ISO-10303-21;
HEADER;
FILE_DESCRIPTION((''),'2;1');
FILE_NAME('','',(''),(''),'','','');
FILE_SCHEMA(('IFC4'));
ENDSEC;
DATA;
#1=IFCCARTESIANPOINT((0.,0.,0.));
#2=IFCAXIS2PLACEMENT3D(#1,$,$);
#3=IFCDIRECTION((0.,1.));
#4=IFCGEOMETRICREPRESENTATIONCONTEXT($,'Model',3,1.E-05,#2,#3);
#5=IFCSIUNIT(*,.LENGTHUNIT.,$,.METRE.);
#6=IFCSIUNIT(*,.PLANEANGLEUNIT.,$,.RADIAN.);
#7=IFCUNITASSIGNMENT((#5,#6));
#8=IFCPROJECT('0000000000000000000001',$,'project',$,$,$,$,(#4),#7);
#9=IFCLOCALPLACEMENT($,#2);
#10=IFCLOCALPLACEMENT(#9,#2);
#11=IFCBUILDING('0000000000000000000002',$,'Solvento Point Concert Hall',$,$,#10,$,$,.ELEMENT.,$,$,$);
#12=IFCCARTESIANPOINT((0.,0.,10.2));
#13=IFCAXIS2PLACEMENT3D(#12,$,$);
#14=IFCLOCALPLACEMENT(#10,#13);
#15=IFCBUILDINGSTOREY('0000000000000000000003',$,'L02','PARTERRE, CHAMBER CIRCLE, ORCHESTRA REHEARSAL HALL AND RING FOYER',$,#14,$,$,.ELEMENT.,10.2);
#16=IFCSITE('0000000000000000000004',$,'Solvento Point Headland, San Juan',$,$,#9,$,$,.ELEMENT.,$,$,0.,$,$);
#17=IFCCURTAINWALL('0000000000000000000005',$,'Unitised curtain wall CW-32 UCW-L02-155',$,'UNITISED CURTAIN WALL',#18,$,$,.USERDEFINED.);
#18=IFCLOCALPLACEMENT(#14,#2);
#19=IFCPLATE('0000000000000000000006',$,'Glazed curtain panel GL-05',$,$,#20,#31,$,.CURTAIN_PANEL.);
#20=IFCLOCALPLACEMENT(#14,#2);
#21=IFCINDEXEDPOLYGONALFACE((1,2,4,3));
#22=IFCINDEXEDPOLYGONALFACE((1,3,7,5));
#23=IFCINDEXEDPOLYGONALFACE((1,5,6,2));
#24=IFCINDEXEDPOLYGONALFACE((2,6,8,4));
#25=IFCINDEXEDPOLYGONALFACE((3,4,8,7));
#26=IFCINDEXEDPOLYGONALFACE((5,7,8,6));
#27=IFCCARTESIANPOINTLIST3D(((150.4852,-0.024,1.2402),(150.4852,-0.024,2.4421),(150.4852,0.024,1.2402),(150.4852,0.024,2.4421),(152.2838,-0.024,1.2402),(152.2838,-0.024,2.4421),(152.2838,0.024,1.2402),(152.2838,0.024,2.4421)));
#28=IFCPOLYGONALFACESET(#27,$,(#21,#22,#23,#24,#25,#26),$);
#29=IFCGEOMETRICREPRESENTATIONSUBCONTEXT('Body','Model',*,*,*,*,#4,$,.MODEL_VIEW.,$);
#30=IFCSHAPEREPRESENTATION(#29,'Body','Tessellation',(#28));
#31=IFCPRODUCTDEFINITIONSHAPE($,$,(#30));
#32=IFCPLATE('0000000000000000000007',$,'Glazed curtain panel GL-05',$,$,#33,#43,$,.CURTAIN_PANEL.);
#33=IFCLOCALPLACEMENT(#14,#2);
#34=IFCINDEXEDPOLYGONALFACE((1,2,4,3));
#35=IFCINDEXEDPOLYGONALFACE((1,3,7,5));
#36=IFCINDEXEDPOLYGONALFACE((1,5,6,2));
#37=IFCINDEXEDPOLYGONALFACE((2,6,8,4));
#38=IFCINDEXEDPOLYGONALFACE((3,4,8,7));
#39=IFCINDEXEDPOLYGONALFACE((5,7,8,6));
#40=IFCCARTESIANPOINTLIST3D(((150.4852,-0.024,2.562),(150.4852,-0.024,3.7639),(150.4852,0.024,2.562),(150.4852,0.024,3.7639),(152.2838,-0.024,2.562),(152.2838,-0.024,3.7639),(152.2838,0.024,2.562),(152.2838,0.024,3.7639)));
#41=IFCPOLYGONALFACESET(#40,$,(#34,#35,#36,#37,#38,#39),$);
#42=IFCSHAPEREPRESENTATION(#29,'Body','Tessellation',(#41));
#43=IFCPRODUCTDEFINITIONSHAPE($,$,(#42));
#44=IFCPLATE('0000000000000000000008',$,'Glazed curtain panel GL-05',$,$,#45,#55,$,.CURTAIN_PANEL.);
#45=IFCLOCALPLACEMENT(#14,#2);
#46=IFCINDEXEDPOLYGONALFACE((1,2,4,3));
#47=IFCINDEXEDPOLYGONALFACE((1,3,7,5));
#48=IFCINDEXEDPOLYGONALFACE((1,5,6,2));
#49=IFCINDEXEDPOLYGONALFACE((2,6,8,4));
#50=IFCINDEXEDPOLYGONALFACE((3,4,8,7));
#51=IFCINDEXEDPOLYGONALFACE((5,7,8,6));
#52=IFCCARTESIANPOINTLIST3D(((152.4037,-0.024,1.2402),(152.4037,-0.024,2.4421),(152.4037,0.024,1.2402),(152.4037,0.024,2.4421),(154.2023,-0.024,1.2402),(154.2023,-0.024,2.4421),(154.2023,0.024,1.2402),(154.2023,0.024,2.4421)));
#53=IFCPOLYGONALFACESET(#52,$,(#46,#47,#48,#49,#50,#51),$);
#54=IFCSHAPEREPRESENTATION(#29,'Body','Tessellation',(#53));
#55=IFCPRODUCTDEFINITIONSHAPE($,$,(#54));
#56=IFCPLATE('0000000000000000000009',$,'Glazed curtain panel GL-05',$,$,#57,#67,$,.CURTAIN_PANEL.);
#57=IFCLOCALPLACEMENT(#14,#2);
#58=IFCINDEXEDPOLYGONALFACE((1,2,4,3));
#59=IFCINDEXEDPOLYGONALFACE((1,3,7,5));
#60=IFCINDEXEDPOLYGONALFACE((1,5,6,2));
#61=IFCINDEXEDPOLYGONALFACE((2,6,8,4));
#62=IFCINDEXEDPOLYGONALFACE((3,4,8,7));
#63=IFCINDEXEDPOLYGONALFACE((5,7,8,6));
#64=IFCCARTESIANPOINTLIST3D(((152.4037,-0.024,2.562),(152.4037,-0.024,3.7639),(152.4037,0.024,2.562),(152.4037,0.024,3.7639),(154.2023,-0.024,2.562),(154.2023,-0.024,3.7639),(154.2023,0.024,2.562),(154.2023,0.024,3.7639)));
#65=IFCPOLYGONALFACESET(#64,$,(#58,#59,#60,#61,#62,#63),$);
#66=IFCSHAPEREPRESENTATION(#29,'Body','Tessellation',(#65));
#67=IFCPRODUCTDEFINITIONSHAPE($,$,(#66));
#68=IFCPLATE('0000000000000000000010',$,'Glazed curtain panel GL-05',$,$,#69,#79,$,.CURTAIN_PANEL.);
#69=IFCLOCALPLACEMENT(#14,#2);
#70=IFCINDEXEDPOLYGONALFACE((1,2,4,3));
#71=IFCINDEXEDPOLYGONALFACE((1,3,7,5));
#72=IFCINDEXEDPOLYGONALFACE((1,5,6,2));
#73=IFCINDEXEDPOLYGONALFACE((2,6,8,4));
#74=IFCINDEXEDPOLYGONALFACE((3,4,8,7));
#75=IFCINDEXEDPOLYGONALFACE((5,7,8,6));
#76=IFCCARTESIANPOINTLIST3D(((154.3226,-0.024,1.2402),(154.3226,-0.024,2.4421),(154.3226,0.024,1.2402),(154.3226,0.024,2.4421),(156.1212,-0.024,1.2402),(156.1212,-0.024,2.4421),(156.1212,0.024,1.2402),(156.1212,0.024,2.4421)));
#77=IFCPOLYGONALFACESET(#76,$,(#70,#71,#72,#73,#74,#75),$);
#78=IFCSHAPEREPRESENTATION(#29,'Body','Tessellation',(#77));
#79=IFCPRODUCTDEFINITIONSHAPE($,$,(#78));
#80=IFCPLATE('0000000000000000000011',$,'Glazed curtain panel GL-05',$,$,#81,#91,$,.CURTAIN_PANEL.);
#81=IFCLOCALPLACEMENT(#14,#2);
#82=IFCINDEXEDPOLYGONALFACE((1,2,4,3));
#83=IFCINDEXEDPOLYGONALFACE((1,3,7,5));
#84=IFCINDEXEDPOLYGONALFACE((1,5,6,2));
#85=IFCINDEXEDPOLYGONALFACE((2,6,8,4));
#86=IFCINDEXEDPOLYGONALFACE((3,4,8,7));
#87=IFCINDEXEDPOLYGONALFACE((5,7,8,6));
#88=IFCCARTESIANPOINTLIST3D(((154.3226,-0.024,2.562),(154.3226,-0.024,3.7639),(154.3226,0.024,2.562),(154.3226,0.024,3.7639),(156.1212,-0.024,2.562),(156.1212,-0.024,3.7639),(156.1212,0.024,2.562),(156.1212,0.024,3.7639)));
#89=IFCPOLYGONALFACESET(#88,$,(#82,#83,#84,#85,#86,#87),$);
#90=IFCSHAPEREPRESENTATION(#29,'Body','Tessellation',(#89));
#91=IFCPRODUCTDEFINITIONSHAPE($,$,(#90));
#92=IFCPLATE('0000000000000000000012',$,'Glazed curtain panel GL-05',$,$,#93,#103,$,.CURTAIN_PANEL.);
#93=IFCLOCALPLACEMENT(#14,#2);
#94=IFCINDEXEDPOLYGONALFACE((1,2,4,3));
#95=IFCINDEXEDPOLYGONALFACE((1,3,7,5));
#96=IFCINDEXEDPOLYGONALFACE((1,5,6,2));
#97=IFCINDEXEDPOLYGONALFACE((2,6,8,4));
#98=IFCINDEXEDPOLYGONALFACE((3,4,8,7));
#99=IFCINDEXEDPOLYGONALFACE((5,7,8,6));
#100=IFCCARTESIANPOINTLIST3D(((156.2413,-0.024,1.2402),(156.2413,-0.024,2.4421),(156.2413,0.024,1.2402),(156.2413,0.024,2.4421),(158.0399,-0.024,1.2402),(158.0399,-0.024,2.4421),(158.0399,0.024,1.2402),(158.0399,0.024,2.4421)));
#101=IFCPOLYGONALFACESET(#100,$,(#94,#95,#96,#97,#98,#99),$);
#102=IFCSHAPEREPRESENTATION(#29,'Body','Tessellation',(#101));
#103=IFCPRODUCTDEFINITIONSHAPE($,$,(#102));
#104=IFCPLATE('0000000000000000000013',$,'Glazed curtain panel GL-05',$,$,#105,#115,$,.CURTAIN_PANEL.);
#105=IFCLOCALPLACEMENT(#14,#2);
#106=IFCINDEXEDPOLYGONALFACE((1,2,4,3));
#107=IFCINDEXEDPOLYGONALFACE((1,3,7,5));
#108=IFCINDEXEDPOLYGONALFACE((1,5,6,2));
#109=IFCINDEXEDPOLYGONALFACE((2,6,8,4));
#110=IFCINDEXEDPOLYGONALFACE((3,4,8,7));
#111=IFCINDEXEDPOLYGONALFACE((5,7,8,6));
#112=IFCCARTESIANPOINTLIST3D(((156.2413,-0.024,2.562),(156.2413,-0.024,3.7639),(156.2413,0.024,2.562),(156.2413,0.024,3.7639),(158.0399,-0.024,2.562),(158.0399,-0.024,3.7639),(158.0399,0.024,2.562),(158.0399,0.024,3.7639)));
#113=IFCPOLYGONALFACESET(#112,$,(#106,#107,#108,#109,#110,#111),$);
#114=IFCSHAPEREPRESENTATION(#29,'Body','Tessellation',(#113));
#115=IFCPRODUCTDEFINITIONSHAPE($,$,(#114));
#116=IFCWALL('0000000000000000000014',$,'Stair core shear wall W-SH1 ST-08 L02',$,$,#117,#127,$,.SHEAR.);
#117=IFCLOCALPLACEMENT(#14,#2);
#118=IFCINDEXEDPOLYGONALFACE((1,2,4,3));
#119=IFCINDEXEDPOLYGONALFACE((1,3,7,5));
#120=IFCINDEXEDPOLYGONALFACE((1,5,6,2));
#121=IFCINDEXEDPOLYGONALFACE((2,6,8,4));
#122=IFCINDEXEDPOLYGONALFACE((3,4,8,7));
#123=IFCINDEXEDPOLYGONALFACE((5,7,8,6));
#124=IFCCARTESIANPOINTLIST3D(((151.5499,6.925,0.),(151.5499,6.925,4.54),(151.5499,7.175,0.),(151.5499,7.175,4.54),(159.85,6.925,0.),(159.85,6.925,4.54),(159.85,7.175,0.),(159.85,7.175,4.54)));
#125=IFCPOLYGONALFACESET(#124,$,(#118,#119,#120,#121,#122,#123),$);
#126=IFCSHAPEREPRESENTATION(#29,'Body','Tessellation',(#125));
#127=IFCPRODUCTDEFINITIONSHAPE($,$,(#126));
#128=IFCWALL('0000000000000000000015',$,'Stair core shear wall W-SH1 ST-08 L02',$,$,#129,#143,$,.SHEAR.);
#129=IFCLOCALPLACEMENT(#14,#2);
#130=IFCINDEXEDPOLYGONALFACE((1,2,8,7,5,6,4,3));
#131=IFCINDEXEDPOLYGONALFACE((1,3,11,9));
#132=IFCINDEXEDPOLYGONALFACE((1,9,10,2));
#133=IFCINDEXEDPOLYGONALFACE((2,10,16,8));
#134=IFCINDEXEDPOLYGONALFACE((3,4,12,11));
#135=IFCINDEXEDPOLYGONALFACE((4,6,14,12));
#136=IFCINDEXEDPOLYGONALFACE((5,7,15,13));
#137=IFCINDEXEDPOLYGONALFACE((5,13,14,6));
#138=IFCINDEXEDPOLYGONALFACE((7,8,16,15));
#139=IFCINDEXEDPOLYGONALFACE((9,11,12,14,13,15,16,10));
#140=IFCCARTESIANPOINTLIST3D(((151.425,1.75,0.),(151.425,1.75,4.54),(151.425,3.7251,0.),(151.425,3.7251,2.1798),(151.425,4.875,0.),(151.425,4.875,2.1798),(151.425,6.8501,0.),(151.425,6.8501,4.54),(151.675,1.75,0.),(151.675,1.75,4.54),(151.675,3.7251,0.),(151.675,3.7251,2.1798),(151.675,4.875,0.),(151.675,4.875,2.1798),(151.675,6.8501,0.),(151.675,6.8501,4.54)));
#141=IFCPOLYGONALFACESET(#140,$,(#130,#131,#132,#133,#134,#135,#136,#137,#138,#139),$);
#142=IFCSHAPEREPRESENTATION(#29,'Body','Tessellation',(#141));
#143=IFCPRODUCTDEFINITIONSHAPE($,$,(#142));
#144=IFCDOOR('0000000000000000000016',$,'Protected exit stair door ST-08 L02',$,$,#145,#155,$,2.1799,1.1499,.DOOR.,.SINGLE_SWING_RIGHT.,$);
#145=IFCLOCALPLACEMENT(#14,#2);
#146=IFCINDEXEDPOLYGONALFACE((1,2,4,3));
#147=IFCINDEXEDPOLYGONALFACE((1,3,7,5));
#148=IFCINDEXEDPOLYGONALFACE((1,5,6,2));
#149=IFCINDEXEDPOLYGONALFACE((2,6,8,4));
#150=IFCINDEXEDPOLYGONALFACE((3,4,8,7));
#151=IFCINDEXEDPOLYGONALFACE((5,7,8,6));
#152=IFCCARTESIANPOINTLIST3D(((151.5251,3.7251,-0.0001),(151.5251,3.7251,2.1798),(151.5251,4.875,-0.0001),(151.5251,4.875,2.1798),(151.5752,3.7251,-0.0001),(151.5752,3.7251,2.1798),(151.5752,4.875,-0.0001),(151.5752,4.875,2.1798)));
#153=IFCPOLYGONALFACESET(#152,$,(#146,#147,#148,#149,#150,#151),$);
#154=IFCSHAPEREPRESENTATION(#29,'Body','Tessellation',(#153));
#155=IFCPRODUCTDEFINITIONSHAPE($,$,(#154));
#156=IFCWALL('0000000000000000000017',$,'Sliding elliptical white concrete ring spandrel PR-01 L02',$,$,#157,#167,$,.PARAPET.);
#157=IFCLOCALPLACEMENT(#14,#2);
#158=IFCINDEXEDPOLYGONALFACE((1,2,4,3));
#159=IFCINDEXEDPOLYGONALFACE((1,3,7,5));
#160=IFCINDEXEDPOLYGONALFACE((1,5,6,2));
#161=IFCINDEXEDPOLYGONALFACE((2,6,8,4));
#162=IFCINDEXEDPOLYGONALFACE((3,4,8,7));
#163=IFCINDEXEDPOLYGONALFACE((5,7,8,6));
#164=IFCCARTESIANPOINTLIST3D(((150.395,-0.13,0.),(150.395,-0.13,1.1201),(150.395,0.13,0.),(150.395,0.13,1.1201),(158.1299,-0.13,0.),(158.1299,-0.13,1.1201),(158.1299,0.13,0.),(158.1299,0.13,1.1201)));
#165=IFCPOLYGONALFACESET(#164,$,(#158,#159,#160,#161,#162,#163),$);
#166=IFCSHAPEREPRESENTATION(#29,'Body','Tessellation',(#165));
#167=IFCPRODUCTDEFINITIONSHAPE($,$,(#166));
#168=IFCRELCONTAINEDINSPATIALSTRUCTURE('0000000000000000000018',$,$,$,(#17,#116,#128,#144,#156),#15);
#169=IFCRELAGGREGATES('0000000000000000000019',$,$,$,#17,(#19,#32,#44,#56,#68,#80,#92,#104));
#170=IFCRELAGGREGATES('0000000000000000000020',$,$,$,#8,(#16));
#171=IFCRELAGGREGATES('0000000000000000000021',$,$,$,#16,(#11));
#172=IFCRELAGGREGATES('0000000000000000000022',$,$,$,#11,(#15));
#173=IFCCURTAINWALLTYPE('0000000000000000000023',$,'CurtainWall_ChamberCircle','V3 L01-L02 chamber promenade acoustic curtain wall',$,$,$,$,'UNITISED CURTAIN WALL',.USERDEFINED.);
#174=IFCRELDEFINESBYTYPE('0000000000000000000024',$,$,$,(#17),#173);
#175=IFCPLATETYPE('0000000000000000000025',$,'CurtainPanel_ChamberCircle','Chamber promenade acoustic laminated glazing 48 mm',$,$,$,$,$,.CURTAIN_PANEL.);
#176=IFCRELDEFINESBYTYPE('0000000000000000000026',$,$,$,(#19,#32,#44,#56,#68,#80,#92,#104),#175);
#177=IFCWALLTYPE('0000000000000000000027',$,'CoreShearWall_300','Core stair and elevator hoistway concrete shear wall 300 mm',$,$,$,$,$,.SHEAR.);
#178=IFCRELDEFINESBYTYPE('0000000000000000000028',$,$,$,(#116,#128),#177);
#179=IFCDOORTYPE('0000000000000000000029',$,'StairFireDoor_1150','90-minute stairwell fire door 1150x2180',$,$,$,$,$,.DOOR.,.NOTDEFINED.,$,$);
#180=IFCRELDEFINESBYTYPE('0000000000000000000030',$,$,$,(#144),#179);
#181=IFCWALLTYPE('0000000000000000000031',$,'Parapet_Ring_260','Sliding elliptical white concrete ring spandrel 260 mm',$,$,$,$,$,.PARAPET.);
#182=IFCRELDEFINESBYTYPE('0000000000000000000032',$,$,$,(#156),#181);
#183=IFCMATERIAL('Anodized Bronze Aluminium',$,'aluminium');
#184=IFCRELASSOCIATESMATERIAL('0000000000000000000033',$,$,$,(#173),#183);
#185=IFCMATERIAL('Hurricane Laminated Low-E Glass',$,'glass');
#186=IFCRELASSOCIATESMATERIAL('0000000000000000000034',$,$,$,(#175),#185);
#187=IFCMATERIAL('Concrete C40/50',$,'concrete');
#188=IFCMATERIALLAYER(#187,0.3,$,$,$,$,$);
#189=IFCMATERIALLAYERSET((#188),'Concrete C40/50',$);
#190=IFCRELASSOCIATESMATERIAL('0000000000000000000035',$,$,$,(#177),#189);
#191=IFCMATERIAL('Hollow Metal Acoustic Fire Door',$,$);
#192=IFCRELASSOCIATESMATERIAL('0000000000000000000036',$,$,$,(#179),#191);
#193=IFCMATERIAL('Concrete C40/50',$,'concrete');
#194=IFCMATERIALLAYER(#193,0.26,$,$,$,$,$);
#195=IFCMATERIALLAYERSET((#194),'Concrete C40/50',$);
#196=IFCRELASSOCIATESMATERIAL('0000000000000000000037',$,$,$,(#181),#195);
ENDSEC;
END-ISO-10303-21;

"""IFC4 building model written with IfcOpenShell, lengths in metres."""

from ifc_helpers import new_model, si_unit, direction, frame, frame_2d, origin, origin_2d, place, context, subcontext, project, spatial, rectangle, extrude, material, layer, layer_set, type_object, element, fill, aggregate, save


model = new_model("IFC4")

# Units and contexts
model_context = context("Model", 3, precision=1e-05, world=origin(), true_north=direction((0.0, 1.0)))
body_context = subcontext(model_context, "Body", "Model", "MODEL_VIEW")
ifc_project = project(units=[si_unit("LENGTHUNIT", "METRE"), si_unit("PLANEANGLEUNIT", "RADIAN")], contexts=[model_context])

# Site, building, storey
site_placement = place(None, origin())
site = spatial("IfcSite", under=ifc_project, at=site_placement, Name="Solvento Point Headland, San Juan", CompositionType="ELEMENT", RefElevation=0.0)
building_placement = place(site_placement, origin())
building = spatial("IfcBuilding", under=site, at=building_placement, Name="Solvento Point Concert Hall", CompositionType="ELEMENT")
storey_placement = place(building_placement, frame((0.0, 0.0, 10.2)))
storey = spatial("IfcBuildingStorey", under=building, at=storey_placement, Name="L02", Description="PARTERRE, CHAMBER CIRCLE, ORCHESTRA REHEARSAL HALL AND RING FOYER", CompositionType="ELEMENT", Elevation=10.2)

# Curtain wall, plates
ifc_material_1 = material(Name="Anodized Bronze Aluminium", Category="aluminium")
curtain_wall_type = type_object("IfcCurtainWallType", Name="CurtainWall_ChamberCircle", Description="V3 L01-L02 chamber promenade acoustic curtain wall", ElementType="UNITISED CURTAIN WALL", PredefinedType="USERDEFINED", material=ifc_material_1)
curtain_wall_placement = place(storey_placement, origin())
curtain_wall = element("IfcCurtainWall", 1, at=curtain_wall_placement, inside=storey, type_object=curtain_wall_type, Name="Unitised curtain wall CW-32 UCW-L02-155", ObjectType="UNITISED CURTAIN WALL", PredefinedType="USERDEFINED")
ifc_material_2 = material(Name="Hurricane Laminated Low-E Glass", Category="glass")
plate_type = type_object("IfcPlateType", Name="CurtainPanel_ChamberCircle", Description="Chamber promenade acoustic laminated glazing 48 mm", PredefinedType="CURTAIN_PANEL", material=ifc_material_2)
plate_1_placement = place(storey_placement, frame((151.3845, 0.0, 1.2402), z_axis=(0.0, 0.0, 1.0), x_axis=(1.0, 0.0, 0.0)))
plate_1 = element("IfcPlate", 2, at=plate_1_placement, type_object=plate_type, Name="Glazed curtain panel GL-05", PredefinedType="CURTAIN_PANEL", context=body_context, shape_type="SweptSolid", body=[
    extrude(rectangle(XDim=1.7986, YDim=0.0481, at=origin_2d()), origin(), (0.0, 0.0, 1.0), 1.2019),
])
plate_2_placement = place(storey_placement, frame((151.3845, 0.0, 2.562), z_axis=(0.0, 0.0, 1.0), x_axis=(1.0, 0.0, 0.0)))
plate_2 = element("IfcPlate", 3, at=plate_2_placement, type_object=plate_type, Name="Glazed curtain panel GL-05", PredefinedType="CURTAIN_PANEL", context=body_context, shape_type="SweptSolid", body=[
    extrude(rectangle(XDim=1.7986, YDim=0.0481, at=origin_2d()), origin(), (0.0, 0.0, 1.0), 1.2019),
])
plate_3_placement = place(storey_placement, frame((153.303, 0.0, 1.2402), z_axis=(0.0, 0.0, 1.0), x_axis=(1.0, 0.0, 0.0)))
plate_3 = element("IfcPlate", 4, at=plate_3_placement, type_object=plate_type, Name="Glazed curtain panel GL-05", PredefinedType="CURTAIN_PANEL", context=body_context, shape_type="SweptSolid", body=[
    extrude(rectangle(XDim=1.7986, YDim=0.0481, at=origin_2d()), origin(), (0.0, 0.0, 1.0), 1.2019),
])
plate_4_placement = place(storey_placement, frame((153.303, 0.0, 2.562), z_axis=(0.0, 0.0, 1.0), x_axis=(1.0, 0.0, 0.0)))
plate_4 = element("IfcPlate", 5, at=plate_4_placement, type_object=plate_type, Name="Glazed curtain panel GL-05", PredefinedType="CURTAIN_PANEL", context=body_context, shape_type="SweptSolid", body=[
    extrude(rectangle(XDim=1.7986, YDim=0.0481, at=origin_2d()), origin(), (0.0, 0.0, 1.0), 1.2019),
])
plate_5_placement = place(storey_placement, frame((155.2219, 0.0, 1.2402), z_axis=(0.0, 0.0, 1.0), x_axis=(1.0, 0.0, 0.0)))
plate_5 = element("IfcPlate", 6, at=plate_5_placement, type_object=plate_type, Name="Glazed curtain panel GL-05", PredefinedType="CURTAIN_PANEL", context=body_context, shape_type="SweptSolid", body=[
    extrude(rectangle(XDim=1.7986, YDim=0.0481, at=origin_2d()), origin(), (0.0, 0.0, 1.0), 1.2019),
])
plate_6_placement = place(storey_placement, frame((155.2219, 0.0, 2.562), z_axis=(0.0, 0.0, 1.0), x_axis=(1.0, 0.0, 0.0)))
plate_6 = element("IfcPlate", 7, at=plate_6_placement, type_object=plate_type, Name="Glazed curtain panel GL-05", PredefinedType="CURTAIN_PANEL", context=body_context, shape_type="SweptSolid", body=[
    extrude(rectangle(XDim=1.7986, YDim=0.0481, at=origin_2d()), origin(), (0.0, 0.0, 1.0), 1.2019),
])
plate_7_placement = place(storey_placement, frame((157.1406, 0.0, 1.2402), z_axis=(0.0, 0.0, 1.0), x_axis=(1.0, 0.0, 0.0)))
plate_7 = element("IfcPlate", 8, at=plate_7_placement, type_object=plate_type, Name="Glazed curtain panel GL-05", PredefinedType="CURTAIN_PANEL", context=body_context, shape_type="SweptSolid", body=[
    extrude(rectangle(XDim=1.7986, YDim=0.0481, at=origin_2d()), origin(), (0.0, 0.0, 1.0), 1.2019),
])
plate_8_placement = place(storey_placement, frame((157.1406, 0.0, 2.562), z_axis=(0.0, 0.0, 1.0), x_axis=(1.0, 0.0, 0.0)))
plate_8 = element("IfcPlate", 9, at=plate_8_placement, type_object=plate_type, Name="Glazed curtain panel GL-05", PredefinedType="CURTAIN_PANEL", context=body_context, shape_type="SweptSolid", body=[
    extrude(rectangle(XDim=1.7986, YDim=0.0481, at=origin_2d()), origin(), (0.0, 0.0, 1.0), 1.2019),
])
aggregate(curtain_wall, [plate_1, plate_2, plate_3, plate_4, plate_5, plate_6, plate_7, plate_8])

# Wall
ifc_material_3 = material(Name="Concrete C40/50", Category="concrete")
ifc_layer_1 = layer(ifc_material_3, 0.3)
ifc_layer_set_1 = layer_set([ifc_layer_1], Name="Concrete C40/50")
wall_type_1 = type_object("IfcWallType", Name="CoreShearWall_300", Description="Core stair and elevator hoistway concrete shear wall 300 mm", PredefinedType="SHEAR", material=ifc_layer_set_1)
wall_1_placement = place(storey_placement, frame((151.55, 7.05, 0.0), z_axis=(0.0, 0.0, 1.0), x_axis=(1.0, 0.0, 0.0)))
element("IfcWall", 10, at=wall_1_placement, inside=storey, type_object=wall_type_1, Name="Stair core shear wall W-SH1 ST-08 L02", PredefinedType="SHEAR", context=body_context, shape_type="SweptSolid", body=[
    extrude(rectangle(XDim=8.3, YDim=0.25, at=frame_2d((4.1499, 0.0))), origin(), (0.0, 0.0, 1.0), 4.54),
])

# Wall, opening, door
wall_2_placement = place(storey_placement, frame((151.55, 1.75, 0.0), z_axis=(0.0, 0.0, 1.0), x_axis=(0.0, 1.0, 0.0)))
wall_2 = element("IfcWall", 11, at=wall_2_placement, inside=storey, type_object=wall_type_1, Name="Stair core shear wall W-SH1 ST-08 L02", PredefinedType="SHEAR", context=body_context, shape_type="SweptSolid", body=[
    extrude(rectangle(XDim=5.1001, YDim=0.25, at=frame_2d((2.55, 0.0))), origin(), (0.0, 0.0, 1.0), 4.54),
])
opening_placement = place(wall_2_placement, frame((1.9751, 0.0, 0.0)))
opening = element("IfcOpeningElement", 12, at=opening_placement, cuts=wall_2, PredefinedType="OPENING", context=body_context, shape_type="SweptSolid", body=[
    extrude(rectangle(XDim=1.1499, YDim=2.1799, at=frame_2d((0.575, 1.0898))), frame((0.0, 0.135, 0.0), z_axis=(0.0, -1.0, 0.0), x_axis=(1.0, 0.0, 0.0)), (0.0, 0.0, 1.0), 0.27),
])
ifc_material_4 = material(Name="Hollow Metal Acoustic Fire Door")
door_type = type_object("IfcDoorType", Name="StairFireDoor_1150", Description="90-minute stairwell fire door 1150x2180", OperationType="NOTDEFINED", PredefinedType="DOOR", material=ifc_material_4)
door_placement = place(opening_placement, origin())
door = element("IfcDoor", 13, at=door_placement, inside=storey, type_object=door_type, Name="Protected exit stair door ST-08 L02", OperationType="SINGLE_SWING_RIGHT", OverallHeight=2.1799, OverallWidth=1.1499, PredefinedType="DOOR", context=body_context, shape_type="SweptSolid", body=[
    extrude(rectangle(XDim=1.1499, YDim=2.1799, at=frame_2d((0.575, 1.0898))), frame((0.0, 0.0249, 0.0), z_axis=(0.0, -1.0, 0.0), x_axis=(1.0, 0.0, 0.0)), (0.0, 0.0, 1.0), 0.05),
])
fill(opening, door)

# Wall
ifc_material_5 = material(Name="Concrete C40/50", Category="concrete")
ifc_layer_2 = layer(ifc_material_5, 0.26)
ifc_layer_set_2 = layer_set([ifc_layer_2], Name="Concrete C40/50")
wall_type_2 = type_object("IfcWallType", Name="Parapet_Ring_260", Description="Sliding elliptical white concrete ring spandrel 260 mm", PredefinedType="PARAPET", material=ifc_layer_set_2)
wall_3_placement = place(storey_placement, frame((158.1299, 0.0, 0.0), z_axis=(0.0, 0.0, 1.0), x_axis=(-1.0, 0.0, 0.0)))
element("IfcWall", 14, at=wall_3_placement, inside=storey, type_object=wall_type_2, Name="Sliding elliptical white concrete ring spandrel PR-01 L02", PredefinedType="PARAPET", context=body_context, shape_type="SweptSolid", body=[
    extrude(rectangle(XDim=7.7349, YDim=0.26, at=frame_2d((3.8674, 0.0))), origin(), (0.0, 0.0, 1.0), 1.1201),
])

save(model, "model.ifc")
